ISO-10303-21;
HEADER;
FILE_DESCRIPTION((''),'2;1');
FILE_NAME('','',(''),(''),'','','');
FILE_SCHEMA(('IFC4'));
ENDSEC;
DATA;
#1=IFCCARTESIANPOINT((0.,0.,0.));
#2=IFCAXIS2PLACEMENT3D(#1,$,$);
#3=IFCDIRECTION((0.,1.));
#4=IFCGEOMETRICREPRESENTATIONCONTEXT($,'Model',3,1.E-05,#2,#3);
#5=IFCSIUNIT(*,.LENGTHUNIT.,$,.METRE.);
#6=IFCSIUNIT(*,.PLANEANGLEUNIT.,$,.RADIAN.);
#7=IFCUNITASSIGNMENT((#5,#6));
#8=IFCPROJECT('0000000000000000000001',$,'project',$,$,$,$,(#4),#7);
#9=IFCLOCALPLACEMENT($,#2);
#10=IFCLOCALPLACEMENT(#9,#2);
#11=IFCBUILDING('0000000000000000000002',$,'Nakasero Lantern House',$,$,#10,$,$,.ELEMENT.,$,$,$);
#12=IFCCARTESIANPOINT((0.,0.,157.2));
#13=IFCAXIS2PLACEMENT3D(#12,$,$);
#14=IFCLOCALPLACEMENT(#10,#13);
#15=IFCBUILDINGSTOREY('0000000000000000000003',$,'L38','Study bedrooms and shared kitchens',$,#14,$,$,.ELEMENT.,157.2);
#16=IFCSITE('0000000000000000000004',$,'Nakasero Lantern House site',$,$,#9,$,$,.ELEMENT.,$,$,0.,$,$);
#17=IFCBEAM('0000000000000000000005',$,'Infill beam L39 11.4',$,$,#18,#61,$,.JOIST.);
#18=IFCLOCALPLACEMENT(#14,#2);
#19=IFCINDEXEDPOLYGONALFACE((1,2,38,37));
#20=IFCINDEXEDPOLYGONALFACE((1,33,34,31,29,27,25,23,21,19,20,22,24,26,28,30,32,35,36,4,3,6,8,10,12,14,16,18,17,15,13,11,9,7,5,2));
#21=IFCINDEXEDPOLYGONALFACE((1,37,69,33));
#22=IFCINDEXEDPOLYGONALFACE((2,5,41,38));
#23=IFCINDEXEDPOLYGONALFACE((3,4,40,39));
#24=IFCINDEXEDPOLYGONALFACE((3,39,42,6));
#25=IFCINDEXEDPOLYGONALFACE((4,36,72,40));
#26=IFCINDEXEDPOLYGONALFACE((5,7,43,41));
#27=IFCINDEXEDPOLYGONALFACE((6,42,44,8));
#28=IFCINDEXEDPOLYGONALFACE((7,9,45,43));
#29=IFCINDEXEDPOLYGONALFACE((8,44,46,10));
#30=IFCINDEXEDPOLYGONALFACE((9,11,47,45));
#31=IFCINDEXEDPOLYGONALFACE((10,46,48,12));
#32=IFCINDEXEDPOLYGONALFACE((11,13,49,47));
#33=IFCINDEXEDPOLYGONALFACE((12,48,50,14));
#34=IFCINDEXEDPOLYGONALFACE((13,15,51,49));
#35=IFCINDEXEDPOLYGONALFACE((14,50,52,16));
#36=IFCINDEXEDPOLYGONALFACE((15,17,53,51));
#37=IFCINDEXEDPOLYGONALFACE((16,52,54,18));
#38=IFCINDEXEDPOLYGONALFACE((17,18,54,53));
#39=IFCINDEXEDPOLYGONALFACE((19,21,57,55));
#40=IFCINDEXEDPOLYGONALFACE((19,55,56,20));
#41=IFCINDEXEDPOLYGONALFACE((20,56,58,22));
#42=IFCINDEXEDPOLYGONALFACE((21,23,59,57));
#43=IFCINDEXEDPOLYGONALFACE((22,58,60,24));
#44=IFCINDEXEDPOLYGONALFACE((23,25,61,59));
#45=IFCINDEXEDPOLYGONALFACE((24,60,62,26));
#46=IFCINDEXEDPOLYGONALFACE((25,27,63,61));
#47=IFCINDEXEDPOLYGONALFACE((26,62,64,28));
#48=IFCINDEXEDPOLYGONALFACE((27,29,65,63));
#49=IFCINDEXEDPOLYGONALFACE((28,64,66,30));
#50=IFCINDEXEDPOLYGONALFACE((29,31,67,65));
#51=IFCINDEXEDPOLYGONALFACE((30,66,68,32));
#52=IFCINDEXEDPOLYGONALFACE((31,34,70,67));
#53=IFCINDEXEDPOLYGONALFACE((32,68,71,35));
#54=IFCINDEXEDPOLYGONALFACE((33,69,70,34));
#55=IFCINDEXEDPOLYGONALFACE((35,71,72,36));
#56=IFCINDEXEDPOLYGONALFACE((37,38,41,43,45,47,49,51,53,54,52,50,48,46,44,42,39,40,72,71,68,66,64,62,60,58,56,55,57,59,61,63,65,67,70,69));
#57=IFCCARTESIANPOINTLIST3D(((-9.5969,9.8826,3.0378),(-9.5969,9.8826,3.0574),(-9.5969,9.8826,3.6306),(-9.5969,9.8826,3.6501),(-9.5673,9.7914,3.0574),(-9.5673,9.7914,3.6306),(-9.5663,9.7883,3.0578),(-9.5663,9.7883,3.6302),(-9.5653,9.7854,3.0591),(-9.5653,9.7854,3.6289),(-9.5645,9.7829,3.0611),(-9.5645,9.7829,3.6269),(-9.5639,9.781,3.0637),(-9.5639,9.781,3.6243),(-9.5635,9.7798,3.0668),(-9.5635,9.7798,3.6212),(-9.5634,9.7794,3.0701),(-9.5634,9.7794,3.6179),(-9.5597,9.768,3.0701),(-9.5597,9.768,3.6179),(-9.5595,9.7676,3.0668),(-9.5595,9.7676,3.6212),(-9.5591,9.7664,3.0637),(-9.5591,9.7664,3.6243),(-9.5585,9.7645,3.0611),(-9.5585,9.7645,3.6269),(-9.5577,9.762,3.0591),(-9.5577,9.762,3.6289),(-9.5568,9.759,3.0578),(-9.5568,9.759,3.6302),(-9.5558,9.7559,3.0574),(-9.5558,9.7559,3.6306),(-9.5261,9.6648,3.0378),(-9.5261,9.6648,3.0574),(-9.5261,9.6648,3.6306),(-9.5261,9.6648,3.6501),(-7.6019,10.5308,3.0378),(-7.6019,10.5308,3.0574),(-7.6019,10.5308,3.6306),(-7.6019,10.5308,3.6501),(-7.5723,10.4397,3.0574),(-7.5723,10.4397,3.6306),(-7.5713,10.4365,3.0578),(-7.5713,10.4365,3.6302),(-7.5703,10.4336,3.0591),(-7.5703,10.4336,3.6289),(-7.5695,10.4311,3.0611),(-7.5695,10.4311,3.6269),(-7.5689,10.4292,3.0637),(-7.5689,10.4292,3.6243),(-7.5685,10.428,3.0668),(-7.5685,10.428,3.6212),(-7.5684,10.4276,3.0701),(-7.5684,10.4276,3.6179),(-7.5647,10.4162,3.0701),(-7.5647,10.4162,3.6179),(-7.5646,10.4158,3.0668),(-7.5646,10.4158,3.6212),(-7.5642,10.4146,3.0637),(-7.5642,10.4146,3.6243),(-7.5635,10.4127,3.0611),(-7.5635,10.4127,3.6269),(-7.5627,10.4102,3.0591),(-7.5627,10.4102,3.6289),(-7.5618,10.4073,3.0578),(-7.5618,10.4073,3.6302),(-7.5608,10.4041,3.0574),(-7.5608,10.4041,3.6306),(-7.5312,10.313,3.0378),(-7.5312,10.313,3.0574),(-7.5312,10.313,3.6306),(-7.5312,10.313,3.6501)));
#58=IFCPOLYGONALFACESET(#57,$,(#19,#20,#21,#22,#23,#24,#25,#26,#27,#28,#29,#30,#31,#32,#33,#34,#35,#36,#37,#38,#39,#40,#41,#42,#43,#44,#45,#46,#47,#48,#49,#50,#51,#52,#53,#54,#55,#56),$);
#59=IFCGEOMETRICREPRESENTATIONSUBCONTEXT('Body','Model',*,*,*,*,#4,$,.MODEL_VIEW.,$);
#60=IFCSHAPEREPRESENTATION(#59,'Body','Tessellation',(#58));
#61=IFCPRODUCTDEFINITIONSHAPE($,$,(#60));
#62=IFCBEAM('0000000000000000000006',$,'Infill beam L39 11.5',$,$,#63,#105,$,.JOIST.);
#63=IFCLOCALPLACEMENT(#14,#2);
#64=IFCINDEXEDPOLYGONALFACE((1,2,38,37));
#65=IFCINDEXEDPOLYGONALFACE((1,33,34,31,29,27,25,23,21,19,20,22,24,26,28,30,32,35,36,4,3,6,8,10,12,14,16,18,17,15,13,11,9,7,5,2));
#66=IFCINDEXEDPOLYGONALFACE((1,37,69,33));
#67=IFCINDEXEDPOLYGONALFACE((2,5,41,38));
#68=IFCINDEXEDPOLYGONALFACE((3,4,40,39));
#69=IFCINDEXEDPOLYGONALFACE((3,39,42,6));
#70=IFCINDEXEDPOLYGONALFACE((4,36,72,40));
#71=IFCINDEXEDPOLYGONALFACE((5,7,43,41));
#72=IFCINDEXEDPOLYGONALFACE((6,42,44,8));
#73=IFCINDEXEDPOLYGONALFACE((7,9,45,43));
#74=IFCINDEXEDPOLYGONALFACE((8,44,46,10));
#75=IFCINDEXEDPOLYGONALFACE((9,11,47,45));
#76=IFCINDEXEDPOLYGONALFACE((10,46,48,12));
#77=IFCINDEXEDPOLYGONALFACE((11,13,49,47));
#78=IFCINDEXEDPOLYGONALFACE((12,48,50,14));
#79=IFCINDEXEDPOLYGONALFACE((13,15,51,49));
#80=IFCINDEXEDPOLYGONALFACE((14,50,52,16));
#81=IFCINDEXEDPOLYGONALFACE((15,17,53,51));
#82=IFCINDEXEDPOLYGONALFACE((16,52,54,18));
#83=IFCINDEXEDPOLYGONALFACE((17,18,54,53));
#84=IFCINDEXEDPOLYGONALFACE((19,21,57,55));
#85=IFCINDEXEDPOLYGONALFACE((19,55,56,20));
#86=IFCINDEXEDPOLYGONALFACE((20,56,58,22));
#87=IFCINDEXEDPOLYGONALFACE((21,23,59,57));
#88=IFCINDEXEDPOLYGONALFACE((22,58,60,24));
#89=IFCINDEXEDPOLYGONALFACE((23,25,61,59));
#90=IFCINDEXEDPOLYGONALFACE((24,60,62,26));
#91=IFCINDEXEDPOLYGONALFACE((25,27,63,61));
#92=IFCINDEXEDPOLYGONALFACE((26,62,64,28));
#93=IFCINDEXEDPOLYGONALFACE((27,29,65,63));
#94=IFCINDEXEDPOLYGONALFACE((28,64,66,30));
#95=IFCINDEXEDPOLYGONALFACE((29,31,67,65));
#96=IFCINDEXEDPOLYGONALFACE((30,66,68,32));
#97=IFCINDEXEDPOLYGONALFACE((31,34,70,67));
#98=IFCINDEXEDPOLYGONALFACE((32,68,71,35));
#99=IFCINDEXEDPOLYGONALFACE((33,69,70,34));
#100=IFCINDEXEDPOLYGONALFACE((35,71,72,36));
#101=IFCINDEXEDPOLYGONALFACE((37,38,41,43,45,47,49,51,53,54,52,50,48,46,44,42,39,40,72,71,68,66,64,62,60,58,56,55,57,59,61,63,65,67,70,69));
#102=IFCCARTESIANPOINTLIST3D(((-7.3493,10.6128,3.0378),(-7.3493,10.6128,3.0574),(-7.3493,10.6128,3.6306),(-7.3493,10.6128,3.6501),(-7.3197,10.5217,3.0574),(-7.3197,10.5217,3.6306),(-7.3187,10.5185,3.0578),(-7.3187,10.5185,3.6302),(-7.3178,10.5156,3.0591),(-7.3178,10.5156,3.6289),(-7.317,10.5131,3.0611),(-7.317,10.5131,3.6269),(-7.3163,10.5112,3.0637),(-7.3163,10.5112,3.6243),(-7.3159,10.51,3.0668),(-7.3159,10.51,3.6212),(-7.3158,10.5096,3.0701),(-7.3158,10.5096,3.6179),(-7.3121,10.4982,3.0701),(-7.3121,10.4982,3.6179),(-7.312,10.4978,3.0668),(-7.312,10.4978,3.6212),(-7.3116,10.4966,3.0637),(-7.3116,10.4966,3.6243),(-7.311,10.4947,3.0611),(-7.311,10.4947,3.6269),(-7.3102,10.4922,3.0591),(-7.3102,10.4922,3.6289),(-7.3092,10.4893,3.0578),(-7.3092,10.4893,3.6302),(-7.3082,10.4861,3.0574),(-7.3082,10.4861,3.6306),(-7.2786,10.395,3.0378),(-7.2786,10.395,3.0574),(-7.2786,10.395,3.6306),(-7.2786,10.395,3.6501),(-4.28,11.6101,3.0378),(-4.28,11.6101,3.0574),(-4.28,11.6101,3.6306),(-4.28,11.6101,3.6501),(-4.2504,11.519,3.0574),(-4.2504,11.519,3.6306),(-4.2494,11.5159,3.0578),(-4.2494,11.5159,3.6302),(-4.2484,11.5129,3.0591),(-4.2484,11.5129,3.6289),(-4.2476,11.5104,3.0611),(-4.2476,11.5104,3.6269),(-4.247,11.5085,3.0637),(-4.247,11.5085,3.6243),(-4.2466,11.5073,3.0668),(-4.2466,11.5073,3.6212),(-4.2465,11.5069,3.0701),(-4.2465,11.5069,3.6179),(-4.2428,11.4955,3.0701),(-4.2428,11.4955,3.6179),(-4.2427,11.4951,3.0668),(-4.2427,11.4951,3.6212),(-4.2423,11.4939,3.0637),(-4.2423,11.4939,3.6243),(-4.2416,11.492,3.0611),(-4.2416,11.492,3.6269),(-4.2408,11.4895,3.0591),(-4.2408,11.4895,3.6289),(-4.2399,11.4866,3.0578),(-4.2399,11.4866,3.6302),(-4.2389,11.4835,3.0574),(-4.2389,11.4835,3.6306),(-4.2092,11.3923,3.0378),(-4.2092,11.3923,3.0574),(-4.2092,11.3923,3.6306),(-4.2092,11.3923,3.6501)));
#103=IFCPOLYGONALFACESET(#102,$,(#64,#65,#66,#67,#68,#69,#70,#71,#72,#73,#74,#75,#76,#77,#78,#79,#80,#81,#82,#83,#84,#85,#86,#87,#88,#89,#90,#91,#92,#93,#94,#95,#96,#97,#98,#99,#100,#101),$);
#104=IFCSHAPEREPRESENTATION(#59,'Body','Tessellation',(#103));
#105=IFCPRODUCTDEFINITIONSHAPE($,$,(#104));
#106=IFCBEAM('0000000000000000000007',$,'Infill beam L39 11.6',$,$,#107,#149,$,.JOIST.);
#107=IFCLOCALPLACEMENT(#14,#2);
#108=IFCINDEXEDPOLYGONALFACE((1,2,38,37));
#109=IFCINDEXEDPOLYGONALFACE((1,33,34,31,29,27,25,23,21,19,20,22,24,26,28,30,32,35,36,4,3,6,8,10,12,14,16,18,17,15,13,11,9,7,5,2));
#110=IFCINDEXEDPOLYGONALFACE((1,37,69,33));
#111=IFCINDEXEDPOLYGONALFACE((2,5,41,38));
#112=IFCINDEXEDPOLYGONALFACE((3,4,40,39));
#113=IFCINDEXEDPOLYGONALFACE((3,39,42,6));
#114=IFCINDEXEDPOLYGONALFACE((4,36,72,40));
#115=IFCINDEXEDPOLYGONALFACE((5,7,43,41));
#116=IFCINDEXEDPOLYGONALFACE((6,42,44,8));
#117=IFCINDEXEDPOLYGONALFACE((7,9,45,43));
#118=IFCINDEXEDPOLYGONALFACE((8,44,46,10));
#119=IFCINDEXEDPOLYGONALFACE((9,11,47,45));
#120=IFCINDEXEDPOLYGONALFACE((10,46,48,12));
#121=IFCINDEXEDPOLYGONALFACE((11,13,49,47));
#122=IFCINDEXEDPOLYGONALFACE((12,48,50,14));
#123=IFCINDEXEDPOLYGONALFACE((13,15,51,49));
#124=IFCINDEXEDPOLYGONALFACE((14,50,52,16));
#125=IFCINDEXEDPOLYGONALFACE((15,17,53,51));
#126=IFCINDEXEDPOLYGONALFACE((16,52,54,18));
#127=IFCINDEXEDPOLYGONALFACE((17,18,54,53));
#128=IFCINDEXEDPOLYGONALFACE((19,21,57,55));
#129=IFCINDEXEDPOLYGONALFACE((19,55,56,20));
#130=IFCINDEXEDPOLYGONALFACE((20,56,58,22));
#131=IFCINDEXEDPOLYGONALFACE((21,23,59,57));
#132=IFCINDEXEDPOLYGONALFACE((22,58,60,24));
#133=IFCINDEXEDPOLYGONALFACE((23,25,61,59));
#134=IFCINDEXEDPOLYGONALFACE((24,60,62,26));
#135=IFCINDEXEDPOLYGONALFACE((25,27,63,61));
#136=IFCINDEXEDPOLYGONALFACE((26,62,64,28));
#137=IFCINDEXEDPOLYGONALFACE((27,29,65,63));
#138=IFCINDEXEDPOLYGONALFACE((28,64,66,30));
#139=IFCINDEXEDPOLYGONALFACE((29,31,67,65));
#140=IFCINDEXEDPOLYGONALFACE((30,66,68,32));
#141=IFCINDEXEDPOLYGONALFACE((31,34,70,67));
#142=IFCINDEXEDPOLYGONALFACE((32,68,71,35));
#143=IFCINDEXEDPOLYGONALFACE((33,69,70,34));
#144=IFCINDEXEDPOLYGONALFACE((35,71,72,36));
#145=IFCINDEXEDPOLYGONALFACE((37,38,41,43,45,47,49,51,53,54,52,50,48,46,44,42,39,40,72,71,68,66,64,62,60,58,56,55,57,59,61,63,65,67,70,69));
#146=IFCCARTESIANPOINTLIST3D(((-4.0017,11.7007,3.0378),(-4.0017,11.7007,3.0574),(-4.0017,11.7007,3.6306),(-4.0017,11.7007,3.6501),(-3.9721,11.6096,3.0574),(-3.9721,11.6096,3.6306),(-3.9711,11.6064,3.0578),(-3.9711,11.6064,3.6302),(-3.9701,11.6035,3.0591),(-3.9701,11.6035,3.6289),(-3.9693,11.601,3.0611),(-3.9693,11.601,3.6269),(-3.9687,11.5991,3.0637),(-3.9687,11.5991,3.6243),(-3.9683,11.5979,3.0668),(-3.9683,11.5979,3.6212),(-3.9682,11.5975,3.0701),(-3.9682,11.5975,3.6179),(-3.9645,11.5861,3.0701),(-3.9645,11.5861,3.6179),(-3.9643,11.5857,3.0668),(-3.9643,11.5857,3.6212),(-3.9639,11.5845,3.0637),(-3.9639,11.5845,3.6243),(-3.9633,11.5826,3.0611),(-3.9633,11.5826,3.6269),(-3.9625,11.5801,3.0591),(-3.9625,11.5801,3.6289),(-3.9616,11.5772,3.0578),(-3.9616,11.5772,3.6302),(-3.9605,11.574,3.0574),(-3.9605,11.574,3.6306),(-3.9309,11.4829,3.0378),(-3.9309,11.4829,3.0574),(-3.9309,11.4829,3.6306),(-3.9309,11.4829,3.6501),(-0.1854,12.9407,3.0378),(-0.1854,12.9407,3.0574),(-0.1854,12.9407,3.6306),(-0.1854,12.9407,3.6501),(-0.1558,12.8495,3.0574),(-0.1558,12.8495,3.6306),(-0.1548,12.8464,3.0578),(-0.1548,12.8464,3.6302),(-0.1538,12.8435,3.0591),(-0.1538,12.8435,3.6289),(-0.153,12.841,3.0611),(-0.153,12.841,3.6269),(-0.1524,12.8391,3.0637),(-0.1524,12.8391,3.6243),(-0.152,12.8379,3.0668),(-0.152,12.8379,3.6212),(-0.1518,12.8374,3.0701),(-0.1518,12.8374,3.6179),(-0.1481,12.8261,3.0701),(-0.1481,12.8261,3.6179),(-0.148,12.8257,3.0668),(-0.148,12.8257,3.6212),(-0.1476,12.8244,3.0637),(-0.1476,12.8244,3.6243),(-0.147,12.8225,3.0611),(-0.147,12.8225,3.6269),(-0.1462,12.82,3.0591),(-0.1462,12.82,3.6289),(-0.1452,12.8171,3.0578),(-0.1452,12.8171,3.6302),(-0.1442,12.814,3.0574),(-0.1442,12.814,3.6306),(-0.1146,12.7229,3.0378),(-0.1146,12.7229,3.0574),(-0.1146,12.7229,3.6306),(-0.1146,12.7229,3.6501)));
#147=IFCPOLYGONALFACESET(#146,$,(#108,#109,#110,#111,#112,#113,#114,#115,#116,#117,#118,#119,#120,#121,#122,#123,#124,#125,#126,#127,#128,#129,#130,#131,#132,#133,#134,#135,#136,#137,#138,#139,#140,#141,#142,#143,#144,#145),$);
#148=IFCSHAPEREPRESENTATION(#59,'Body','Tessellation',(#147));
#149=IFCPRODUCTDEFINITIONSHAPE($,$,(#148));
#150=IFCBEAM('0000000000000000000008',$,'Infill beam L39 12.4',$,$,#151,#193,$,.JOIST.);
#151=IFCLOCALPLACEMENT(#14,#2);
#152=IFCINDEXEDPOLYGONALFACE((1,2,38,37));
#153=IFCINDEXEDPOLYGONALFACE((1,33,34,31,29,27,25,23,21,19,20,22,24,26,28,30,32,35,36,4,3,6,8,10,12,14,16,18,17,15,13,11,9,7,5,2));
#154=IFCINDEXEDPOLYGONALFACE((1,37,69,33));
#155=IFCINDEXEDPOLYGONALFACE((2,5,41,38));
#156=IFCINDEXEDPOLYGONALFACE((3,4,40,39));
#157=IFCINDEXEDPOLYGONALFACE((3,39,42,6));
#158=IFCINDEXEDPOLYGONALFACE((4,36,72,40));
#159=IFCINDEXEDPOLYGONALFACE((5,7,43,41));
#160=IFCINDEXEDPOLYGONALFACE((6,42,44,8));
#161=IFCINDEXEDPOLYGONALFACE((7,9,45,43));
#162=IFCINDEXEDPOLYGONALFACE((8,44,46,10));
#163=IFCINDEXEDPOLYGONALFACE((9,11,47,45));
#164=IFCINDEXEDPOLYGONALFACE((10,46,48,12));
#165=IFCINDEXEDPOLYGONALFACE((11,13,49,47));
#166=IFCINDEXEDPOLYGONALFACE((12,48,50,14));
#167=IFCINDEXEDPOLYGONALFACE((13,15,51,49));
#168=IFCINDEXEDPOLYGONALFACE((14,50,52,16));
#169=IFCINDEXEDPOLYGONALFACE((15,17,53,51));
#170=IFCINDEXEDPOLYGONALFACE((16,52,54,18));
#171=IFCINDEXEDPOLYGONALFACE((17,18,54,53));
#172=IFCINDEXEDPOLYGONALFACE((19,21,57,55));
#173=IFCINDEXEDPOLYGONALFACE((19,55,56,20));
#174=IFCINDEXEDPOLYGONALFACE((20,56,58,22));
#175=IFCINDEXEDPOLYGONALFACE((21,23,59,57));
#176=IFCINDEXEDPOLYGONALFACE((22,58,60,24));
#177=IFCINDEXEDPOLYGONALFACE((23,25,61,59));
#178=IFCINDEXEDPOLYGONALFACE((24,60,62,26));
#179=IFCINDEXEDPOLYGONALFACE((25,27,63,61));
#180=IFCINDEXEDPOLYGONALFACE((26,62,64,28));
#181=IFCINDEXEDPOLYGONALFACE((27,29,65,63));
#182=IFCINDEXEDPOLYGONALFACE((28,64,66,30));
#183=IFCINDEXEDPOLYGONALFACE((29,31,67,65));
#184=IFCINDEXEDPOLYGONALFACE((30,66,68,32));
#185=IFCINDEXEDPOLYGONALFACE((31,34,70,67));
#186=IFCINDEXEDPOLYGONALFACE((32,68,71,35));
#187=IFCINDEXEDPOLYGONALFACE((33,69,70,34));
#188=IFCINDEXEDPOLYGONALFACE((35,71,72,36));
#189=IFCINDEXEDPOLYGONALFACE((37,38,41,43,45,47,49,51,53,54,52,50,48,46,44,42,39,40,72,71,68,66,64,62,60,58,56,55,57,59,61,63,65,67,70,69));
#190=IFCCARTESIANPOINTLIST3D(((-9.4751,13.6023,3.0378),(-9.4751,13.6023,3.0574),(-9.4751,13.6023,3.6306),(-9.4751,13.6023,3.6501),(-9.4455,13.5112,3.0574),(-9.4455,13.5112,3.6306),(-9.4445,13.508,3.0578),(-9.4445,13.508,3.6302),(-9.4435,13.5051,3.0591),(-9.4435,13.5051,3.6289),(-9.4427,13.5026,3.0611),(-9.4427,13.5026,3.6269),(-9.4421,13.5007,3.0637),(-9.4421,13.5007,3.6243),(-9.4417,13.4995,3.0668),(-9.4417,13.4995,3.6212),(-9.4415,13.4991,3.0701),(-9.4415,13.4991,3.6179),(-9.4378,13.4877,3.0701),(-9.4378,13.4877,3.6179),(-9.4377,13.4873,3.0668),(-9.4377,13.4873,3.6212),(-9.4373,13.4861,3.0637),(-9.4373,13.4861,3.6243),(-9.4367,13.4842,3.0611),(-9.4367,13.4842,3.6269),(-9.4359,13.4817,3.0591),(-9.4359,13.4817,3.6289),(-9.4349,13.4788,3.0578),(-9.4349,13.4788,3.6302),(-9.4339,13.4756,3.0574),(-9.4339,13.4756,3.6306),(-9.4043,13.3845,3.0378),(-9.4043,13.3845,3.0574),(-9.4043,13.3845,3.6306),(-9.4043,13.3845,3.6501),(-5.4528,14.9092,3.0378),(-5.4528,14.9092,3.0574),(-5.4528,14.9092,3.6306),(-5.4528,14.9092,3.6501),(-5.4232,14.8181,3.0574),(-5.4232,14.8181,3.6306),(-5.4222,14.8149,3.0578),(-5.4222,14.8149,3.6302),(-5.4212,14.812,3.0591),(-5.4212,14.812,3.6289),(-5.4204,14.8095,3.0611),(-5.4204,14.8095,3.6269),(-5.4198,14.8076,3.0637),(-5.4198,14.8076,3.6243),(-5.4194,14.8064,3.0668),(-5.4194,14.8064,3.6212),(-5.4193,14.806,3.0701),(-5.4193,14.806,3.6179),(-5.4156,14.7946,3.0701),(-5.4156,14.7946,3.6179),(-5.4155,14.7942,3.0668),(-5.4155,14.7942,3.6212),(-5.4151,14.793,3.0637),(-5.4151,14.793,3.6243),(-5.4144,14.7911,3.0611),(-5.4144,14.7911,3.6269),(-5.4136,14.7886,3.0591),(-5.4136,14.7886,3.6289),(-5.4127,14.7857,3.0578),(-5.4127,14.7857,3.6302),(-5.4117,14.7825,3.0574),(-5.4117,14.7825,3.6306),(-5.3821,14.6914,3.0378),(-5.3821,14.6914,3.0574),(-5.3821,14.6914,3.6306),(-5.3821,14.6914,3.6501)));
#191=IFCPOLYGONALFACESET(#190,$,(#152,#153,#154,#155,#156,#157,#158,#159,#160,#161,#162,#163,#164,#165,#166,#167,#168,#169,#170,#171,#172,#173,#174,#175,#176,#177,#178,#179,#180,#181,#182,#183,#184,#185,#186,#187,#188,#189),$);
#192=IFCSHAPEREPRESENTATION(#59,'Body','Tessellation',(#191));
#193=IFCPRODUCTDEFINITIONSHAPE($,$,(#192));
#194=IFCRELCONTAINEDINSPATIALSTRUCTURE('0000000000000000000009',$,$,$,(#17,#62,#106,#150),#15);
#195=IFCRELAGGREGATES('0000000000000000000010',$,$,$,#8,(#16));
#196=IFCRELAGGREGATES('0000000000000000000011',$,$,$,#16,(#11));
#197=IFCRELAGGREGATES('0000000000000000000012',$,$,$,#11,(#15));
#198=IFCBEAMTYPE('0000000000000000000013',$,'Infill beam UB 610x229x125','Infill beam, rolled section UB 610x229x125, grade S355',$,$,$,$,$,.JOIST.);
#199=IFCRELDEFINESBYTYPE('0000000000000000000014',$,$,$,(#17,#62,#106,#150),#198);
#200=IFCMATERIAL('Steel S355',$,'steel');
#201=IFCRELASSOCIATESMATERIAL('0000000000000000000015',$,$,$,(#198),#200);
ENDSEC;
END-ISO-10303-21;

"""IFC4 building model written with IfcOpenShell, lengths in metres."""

from ifc_helpers import new_model, si_unit, direction, frame, origin, origin_2d, place, context, subcontext, project, spatial, i_section, extrude, material, material_profile, profile_set, type_object, element, save


model = new_model("IFC4")

# Units and contexts
model_context = context("Model", 3, precision=1e-05, world=origin(), true_north=direction((0.0, 1.0)))
body_context = subcontext(model_context, "Body", "Model", "MODEL_VIEW")
ifc_project = project(units=[si_unit("LENGTHUNIT", "METRE"), si_unit("PLANEANGLEUNIT", "RADIAN")], contexts=[model_context])

# Site, building, storey
site_placement = place(None, origin())
site = spatial("IfcSite", under=ifc_project, at=site_placement, Name="Nakasero Lantern House site", CompositionType="ELEMENT", RefElevation=0.0)
building_placement = place(site_placement, origin())
building = spatial("IfcBuilding", under=site, at=building_placement, Name="Nakasero Lantern House", CompositionType="ELEMENT")
storey_placement = place(building_placement, frame((0.0, 0.0, 157.2)))
storey = spatial("IfcBuildingStorey", under=building, at=storey_placement, Name="L38", Description="Study bedrooms and shared kitchens", CompositionType="ELEMENT", Elevation=157.2)

# Beams
ifc_material_1 = material(Name="Steel S355", Category="steel")
ifc_material_profile = material_profile(ifc_material_1, i_section(OverallWidth=0.229, OverallDepth=0.6123, WebThickness=0.012, FlangeThickness=0.0195, FilletRadius=0.0127, at=origin_2d()), Name="UB 610x229x125")
ifc_profile_set = profile_set([ifc_material_profile], Name="Steel S355")
beam_type = type_object("IfcBeamType", Name="Infill beam UB 610x229x125", Description="Infill beam, rolled section UB 610x229x125, grade S355", PredefinedType="JOIST", material=ifc_profile_set)
beam_1_placement = place(storey_placement, frame((-9.5615, 9.7737, 3.344), z_axis=(0.951054, 0.309026, 0.0), x_axis=(-0.309026, 0.951054, 0.0)))
element("IfcBeam", 1, at=beam_1_placement, inside=storey, type_object=beam_type, Name="Infill beam L39 11.4", PredefinedType="JOIST", context=body_context, shape_type="SweptSolid", body=[
    extrude(i_section(OverallWidth=0.229, OverallDepth=0.6123, WebThickness=0.012, FlangeThickness=0.0195, FilletRadius=0.0127, at=origin_2d()), origin(), (0.0, 0.0, 1.0), 2.0977),
])
beam_2_placement = place(storey_placement, frame((-7.314, 10.5039, 3.344), z_axis=(0.951054, 0.309024, 0.0), x_axis=(-0.309024, 0.951054, 0.0)))
element("IfcBeam", 2, at=beam_2_placement, inside=storey, type_object=beam_type, Name="Infill beam L39 11.5", PredefinedType="JOIST", context=body_context, shape_type="SweptSolid", body=[
    extrude(i_section(OverallWidth=0.229, OverallDepth=0.6123, WebThickness=0.012, FlangeThickness=0.0195, FilletRadius=0.0127, at=origin_2d()), origin(), (0.0, 0.0, 1.0), 3.2273),
])
beam_3_placement = place(storey_placement, frame((-3.9663, 11.5918, 3.344), z_axis=(0.951059, 0.309009, 0.0), x_axis=(-0.309009, 0.951059, 0.0)))
element("IfcBeam", 3, at=beam_3_placement, inside=storey, type_object=beam_type, Name="Infill beam L39 11.6", PredefinedType="JOIST", context=body_context, shape_type="SweptSolid", body=[
    extrude(i_section(OverallWidth=0.229, OverallDepth=0.6123, WebThickness=0.012, FlangeThickness=0.0195, FilletRadius=0.0127, at=origin_2d()), origin(), (0.0, 0.0, 1.0), 4.0127),
])
beam_4_placement = place(storey_placement, frame((-9.4397, 13.4934, 3.344), z_axis=(0.951057, 0.309014, 0.0), x_axis=(-0.309014, 0.951057, 0.0)))
element("IfcBeam", 4, at=beam_4_placement, inside=storey, type_object=beam_type, Name="Infill beam L39 12.4", PredefinedType="JOIST", context=body_context, shape_type="SweptSolid", body=[
    extrude(i_section(OverallWidth=0.229, OverallDepth=0.6123, WebThickness=0.012, FlangeThickness=0.0195, FilletRadius=0.0127, at=origin_2d()), origin(), (0.0, 0.0, 1.0), 4.2292),
])

save(model, "model.ifc")
